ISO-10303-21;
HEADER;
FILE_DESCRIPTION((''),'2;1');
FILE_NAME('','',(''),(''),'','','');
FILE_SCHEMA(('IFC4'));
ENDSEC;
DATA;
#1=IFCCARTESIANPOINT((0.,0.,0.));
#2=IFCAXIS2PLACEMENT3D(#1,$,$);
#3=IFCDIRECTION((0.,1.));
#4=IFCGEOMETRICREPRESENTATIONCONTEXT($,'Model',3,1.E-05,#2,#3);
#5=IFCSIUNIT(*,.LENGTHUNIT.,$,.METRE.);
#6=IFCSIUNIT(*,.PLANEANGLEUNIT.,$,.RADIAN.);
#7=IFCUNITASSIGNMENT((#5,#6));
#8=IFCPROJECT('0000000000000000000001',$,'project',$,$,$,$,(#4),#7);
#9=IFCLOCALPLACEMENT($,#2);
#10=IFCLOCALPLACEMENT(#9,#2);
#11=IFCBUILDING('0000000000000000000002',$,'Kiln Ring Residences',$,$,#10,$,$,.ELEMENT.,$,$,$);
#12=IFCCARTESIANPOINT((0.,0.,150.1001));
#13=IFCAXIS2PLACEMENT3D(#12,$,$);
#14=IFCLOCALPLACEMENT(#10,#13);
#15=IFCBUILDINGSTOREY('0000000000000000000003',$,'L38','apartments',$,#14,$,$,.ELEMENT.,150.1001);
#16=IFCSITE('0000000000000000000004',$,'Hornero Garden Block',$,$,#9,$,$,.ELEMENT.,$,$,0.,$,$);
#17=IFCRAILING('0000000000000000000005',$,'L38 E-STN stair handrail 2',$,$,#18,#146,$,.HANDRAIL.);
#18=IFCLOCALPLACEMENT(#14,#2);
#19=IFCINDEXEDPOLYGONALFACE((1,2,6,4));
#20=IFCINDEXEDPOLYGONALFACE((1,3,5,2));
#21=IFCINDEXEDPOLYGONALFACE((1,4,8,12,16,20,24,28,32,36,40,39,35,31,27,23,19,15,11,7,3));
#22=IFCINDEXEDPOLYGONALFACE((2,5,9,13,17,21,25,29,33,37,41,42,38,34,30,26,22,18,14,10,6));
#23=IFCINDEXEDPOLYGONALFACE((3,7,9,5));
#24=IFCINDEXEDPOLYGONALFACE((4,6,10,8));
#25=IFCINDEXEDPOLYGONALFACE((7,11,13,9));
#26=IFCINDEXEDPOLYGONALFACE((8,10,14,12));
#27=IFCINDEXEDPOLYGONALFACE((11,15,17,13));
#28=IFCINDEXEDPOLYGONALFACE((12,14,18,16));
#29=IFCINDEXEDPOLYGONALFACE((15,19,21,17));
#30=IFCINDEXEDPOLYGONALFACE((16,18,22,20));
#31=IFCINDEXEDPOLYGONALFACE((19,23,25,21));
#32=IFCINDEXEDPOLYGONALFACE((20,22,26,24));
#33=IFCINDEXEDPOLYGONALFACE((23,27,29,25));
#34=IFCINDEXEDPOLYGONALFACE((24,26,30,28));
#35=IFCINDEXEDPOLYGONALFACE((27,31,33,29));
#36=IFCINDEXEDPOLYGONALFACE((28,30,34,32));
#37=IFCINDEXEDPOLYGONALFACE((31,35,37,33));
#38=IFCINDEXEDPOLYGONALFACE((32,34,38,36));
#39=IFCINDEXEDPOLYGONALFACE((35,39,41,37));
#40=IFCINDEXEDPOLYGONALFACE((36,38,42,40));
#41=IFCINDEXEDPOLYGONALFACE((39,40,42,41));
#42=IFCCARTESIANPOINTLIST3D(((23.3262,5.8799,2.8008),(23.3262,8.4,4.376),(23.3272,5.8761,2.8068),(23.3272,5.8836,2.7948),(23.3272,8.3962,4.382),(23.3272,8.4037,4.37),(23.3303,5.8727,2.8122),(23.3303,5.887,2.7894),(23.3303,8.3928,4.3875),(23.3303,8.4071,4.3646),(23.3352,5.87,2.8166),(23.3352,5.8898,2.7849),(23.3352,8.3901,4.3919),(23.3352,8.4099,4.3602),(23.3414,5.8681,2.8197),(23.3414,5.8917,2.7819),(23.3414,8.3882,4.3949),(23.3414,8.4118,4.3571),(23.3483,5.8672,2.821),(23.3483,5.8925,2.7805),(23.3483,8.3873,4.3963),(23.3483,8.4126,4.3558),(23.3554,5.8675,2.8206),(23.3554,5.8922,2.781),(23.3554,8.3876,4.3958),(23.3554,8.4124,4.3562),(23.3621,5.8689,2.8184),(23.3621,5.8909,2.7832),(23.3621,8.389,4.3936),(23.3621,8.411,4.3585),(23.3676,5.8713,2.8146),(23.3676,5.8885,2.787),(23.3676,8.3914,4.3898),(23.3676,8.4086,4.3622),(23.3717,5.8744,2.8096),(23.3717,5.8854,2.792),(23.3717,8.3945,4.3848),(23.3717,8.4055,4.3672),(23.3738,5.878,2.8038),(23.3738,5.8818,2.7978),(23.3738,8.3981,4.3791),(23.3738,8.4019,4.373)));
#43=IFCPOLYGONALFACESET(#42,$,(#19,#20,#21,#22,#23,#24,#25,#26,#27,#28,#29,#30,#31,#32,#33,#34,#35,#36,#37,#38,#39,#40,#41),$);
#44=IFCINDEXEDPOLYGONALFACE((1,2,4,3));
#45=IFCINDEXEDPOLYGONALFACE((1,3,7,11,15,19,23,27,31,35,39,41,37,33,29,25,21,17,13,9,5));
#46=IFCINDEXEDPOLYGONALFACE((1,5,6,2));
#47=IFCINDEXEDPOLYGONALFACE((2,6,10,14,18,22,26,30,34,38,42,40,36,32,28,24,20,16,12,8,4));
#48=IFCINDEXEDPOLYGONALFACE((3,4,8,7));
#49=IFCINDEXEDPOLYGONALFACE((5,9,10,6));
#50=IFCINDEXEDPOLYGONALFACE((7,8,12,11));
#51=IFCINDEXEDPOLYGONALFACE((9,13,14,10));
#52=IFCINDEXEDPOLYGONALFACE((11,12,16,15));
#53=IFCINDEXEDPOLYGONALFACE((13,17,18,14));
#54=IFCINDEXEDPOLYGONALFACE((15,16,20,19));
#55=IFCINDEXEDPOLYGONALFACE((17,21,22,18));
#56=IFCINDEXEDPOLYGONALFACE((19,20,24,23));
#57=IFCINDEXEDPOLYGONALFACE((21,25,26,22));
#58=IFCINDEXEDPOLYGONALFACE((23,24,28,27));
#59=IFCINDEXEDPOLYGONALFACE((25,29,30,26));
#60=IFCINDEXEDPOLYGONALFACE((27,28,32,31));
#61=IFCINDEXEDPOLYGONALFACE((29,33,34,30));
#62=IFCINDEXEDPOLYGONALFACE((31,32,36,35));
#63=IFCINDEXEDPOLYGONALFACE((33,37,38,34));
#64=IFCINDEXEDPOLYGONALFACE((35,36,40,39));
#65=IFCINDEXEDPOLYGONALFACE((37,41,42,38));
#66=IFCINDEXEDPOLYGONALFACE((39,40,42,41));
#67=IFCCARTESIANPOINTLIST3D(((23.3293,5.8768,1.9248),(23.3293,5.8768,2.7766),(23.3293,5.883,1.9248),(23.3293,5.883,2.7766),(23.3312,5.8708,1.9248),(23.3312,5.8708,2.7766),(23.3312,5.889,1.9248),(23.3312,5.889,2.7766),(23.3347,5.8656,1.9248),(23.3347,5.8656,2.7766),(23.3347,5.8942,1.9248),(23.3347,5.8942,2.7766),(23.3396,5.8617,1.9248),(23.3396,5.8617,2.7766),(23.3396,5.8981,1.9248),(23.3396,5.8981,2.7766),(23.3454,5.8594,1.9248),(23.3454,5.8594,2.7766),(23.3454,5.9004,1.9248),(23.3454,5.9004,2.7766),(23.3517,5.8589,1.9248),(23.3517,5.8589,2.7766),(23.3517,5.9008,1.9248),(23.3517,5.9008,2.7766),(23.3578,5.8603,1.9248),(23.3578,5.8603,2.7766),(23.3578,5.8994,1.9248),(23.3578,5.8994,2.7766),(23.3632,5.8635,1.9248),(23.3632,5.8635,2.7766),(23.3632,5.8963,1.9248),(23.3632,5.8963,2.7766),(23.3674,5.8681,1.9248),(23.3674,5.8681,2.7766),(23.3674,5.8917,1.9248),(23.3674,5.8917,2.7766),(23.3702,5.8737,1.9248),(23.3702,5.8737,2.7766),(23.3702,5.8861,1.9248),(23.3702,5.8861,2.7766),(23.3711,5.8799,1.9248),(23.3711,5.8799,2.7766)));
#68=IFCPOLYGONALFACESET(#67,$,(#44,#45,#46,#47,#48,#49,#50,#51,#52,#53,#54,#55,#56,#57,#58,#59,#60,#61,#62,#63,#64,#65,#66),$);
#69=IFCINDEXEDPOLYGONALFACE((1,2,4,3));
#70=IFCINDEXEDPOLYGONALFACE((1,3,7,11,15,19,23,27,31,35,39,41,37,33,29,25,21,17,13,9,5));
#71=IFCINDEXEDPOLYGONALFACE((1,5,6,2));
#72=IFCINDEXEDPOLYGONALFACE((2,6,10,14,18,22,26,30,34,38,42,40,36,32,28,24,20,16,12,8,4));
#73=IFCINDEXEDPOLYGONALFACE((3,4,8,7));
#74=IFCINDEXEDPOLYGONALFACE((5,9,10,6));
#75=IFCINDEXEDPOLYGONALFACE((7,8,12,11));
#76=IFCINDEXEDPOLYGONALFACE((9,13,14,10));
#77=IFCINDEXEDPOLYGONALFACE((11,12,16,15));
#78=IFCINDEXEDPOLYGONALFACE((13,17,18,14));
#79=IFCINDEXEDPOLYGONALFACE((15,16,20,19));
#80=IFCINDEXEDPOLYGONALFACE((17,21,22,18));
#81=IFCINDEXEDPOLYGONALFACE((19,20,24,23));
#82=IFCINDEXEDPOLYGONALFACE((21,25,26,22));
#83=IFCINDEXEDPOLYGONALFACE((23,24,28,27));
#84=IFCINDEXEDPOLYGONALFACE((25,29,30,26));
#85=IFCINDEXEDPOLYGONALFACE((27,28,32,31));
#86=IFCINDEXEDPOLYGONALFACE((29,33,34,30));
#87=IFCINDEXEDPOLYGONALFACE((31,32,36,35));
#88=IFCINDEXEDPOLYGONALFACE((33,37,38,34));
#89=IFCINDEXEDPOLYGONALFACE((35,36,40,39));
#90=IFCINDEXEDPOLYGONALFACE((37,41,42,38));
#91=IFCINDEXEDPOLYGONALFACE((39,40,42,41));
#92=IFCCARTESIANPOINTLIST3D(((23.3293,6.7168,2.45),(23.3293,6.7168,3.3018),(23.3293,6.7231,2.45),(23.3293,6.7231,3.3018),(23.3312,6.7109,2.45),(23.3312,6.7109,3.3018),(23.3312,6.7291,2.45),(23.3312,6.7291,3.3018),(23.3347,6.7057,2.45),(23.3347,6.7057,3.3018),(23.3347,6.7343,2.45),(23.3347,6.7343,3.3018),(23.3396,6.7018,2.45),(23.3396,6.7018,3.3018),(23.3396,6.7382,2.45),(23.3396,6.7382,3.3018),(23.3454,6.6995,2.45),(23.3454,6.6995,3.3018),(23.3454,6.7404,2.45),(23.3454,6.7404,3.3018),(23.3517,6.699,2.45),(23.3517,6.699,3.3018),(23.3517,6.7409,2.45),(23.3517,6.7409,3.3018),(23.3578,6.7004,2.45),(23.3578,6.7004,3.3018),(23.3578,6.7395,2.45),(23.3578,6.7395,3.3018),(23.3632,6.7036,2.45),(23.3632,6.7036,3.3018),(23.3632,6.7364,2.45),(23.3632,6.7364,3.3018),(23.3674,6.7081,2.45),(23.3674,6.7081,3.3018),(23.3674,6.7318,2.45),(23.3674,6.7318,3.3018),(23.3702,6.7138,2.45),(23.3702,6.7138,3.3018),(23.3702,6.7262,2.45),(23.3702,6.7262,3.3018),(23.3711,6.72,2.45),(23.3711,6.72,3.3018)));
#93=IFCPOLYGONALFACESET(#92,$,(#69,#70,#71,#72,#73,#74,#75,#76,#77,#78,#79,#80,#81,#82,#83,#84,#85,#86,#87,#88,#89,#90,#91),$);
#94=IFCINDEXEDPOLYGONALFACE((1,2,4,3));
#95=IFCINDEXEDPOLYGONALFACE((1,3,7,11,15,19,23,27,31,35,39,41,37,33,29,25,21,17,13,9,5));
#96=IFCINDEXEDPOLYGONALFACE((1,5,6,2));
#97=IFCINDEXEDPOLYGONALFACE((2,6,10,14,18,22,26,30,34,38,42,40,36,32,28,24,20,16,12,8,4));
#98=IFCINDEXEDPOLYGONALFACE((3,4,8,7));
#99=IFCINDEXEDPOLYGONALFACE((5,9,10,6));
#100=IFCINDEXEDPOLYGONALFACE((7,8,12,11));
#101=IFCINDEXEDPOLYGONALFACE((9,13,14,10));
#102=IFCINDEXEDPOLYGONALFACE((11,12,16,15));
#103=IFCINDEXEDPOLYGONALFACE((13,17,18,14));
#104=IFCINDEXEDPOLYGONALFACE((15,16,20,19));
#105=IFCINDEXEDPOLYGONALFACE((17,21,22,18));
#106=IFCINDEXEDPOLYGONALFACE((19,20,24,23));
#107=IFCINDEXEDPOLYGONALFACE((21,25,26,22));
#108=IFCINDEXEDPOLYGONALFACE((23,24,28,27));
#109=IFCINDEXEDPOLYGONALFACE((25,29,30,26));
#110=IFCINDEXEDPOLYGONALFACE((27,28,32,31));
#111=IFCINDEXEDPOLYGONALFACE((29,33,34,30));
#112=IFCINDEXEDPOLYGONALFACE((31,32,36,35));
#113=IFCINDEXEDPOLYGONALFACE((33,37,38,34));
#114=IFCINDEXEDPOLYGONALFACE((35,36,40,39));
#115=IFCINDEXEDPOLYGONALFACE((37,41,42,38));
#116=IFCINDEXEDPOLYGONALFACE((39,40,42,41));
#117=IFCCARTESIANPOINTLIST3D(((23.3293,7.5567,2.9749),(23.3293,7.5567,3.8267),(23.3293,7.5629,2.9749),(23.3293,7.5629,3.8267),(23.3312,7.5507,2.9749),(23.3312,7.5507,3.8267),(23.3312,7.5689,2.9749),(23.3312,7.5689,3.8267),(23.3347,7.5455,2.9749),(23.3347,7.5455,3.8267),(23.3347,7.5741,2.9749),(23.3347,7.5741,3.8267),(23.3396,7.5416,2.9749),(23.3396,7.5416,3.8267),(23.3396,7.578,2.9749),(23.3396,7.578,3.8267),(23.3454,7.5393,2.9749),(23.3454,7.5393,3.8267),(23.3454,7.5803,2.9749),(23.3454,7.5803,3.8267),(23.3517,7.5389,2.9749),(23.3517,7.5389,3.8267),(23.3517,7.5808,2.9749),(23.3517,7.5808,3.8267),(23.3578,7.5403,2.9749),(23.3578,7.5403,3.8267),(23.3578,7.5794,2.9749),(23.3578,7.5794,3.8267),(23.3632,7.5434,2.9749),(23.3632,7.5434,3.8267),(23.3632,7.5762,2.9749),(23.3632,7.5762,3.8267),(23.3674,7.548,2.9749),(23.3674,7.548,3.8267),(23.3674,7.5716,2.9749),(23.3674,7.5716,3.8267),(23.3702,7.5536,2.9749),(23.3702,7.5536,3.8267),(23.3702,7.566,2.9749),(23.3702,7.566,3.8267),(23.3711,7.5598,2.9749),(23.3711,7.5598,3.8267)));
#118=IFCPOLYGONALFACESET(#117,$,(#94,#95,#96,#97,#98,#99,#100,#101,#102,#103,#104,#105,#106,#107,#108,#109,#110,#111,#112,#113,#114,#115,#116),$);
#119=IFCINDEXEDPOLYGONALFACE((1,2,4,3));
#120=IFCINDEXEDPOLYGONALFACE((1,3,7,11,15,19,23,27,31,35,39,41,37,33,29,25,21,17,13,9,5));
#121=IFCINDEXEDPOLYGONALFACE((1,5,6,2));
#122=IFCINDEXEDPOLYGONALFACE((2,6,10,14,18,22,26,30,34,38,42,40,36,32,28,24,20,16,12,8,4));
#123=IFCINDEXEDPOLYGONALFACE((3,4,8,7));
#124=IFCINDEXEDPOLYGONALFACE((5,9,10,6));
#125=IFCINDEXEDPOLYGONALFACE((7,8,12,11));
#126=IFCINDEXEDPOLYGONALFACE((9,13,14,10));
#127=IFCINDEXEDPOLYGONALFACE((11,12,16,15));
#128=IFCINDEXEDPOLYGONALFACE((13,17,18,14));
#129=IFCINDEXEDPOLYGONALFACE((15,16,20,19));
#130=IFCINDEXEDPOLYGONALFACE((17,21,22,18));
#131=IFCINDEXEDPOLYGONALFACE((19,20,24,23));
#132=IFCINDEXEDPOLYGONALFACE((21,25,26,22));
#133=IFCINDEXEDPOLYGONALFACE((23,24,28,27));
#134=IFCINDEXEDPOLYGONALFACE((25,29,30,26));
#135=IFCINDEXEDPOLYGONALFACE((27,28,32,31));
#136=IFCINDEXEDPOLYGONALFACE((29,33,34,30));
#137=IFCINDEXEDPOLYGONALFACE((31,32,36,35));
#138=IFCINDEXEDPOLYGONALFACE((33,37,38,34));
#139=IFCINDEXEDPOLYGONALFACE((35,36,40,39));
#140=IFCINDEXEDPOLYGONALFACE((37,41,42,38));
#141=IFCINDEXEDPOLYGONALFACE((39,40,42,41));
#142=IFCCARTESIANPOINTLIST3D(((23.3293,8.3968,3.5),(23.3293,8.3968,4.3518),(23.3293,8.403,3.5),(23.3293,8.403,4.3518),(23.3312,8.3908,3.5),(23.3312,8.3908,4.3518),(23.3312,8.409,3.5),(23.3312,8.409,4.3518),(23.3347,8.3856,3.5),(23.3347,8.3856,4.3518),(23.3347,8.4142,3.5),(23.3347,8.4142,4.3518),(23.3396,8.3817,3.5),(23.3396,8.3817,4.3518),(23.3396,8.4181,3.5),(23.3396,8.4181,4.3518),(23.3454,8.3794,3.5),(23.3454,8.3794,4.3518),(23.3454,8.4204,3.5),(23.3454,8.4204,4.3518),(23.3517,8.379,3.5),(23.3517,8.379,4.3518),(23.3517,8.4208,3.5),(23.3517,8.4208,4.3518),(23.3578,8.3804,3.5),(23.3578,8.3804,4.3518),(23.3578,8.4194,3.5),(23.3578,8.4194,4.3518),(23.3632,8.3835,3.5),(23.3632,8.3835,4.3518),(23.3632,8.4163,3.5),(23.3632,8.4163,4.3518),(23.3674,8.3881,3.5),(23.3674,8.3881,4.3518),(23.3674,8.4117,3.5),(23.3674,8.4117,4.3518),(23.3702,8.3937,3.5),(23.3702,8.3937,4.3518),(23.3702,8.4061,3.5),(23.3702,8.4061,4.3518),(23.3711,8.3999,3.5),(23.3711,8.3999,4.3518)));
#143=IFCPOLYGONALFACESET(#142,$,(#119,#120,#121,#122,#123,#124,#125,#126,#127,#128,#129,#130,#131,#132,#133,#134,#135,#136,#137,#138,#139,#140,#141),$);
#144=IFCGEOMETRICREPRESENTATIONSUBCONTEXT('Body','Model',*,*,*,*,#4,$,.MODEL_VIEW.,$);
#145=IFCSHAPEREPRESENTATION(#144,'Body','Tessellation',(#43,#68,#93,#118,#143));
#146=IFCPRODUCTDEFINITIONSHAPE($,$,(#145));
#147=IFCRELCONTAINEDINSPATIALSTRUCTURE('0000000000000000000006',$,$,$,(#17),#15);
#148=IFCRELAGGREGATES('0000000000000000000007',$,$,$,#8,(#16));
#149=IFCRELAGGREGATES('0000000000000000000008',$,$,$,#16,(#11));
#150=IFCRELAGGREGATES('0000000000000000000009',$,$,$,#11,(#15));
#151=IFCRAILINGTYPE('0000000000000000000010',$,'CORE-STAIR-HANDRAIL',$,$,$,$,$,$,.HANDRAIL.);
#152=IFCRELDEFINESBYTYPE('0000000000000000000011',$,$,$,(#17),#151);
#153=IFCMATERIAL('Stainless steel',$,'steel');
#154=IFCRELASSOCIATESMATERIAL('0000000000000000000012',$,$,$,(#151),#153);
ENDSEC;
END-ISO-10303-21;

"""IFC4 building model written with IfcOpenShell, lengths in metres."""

from ifc_helpers import new_model, si_unit, direction, frame, origin, origin_2d, place, context, subcontext, project, spatial, circle, extrude, material, type_object, element, save


model = new_model("IFC4")

# Units and contexts
model_context = context("Model", 3, precision=1e-05, world=origin(), true_north=direction((0.0, 1.0)))
body_context = subcontext(model_context, "Body", "Model", "MODEL_VIEW")
ifc_project = project(units=[si_unit("LENGTHUNIT", "METRE"), si_unit("PLANEANGLEUNIT", "RADIAN")], contexts=[model_context])

# Site, building, storey
site_placement = place(None, origin())
site = spatial("IfcSite", under=ifc_project, at=site_placement, Name="Hornero Garden Block", CompositionType="ELEMENT", RefElevation=0.0)
building_placement = place(site_placement, origin())
building = spatial("IfcBuilding", under=site, at=building_placement, Name="Kiln Ring Residences", CompositionType="ELEMENT")
storey_placement = place(building_placement, frame((0.0, 0.0, 150.1001)))
storey = spatial("IfcBuildingStorey", under=building, at=storey_placement, Name="L38", Description="apartments", CompositionType="ELEMENT", Elevation=150.1001)

# Railing
ifc_material_1 = material(Name="Stainless steel", Category="steel")
railing_type_1 = type_object("IfcRailingType", Name="CORE-STAIR-HANDRAIL", PredefinedType="HANDRAIL", material=ifc_material_1)
railing_1_placement = place(storey_placement, frame((23.3501, 5.8799, 1.9248)))
element("IfcRailing", 1, at=railing_1_placement, inside=storey, type_object=railing_type_1, Name="L38 E-STN stair handrail 2", PredefinedType="HANDRAIL", context=body_context, shape_type="SweptSolid", body=[
    extrude(circle(Radius=0.0239, at=origin_2d()), frame((0.0, 0.0, 0.876), z_axis=(0.0, 0.847971, 0.530043), x_axis=(-1.0, 0.0, 0.0)), (0.0, 0.0, 1.0), 2.9719),
    extrude(circle(Radius=0.021, at=origin_2d()), origin(), (0.0, 0.0, 1.0), 0.8518),
    extrude(circle(Radius=0.021, at=origin_2d()), frame((0.0, 0.8401, 0.5251)), (0.0, 0.0, 1.0), 0.8518),
    extrude(circle(Radius=0.021, at=origin_2d()), frame((0.0, 1.6799, 1.05)), (0.0, 0.0, 1.0), 0.8518),
    extrude(circle(Radius=0.021, at=origin_2d()), frame((0.0, 2.52, 1.5752)), (0.0, 0.0, 1.0), 0.8518),
])

save(model, "model.ifc")
